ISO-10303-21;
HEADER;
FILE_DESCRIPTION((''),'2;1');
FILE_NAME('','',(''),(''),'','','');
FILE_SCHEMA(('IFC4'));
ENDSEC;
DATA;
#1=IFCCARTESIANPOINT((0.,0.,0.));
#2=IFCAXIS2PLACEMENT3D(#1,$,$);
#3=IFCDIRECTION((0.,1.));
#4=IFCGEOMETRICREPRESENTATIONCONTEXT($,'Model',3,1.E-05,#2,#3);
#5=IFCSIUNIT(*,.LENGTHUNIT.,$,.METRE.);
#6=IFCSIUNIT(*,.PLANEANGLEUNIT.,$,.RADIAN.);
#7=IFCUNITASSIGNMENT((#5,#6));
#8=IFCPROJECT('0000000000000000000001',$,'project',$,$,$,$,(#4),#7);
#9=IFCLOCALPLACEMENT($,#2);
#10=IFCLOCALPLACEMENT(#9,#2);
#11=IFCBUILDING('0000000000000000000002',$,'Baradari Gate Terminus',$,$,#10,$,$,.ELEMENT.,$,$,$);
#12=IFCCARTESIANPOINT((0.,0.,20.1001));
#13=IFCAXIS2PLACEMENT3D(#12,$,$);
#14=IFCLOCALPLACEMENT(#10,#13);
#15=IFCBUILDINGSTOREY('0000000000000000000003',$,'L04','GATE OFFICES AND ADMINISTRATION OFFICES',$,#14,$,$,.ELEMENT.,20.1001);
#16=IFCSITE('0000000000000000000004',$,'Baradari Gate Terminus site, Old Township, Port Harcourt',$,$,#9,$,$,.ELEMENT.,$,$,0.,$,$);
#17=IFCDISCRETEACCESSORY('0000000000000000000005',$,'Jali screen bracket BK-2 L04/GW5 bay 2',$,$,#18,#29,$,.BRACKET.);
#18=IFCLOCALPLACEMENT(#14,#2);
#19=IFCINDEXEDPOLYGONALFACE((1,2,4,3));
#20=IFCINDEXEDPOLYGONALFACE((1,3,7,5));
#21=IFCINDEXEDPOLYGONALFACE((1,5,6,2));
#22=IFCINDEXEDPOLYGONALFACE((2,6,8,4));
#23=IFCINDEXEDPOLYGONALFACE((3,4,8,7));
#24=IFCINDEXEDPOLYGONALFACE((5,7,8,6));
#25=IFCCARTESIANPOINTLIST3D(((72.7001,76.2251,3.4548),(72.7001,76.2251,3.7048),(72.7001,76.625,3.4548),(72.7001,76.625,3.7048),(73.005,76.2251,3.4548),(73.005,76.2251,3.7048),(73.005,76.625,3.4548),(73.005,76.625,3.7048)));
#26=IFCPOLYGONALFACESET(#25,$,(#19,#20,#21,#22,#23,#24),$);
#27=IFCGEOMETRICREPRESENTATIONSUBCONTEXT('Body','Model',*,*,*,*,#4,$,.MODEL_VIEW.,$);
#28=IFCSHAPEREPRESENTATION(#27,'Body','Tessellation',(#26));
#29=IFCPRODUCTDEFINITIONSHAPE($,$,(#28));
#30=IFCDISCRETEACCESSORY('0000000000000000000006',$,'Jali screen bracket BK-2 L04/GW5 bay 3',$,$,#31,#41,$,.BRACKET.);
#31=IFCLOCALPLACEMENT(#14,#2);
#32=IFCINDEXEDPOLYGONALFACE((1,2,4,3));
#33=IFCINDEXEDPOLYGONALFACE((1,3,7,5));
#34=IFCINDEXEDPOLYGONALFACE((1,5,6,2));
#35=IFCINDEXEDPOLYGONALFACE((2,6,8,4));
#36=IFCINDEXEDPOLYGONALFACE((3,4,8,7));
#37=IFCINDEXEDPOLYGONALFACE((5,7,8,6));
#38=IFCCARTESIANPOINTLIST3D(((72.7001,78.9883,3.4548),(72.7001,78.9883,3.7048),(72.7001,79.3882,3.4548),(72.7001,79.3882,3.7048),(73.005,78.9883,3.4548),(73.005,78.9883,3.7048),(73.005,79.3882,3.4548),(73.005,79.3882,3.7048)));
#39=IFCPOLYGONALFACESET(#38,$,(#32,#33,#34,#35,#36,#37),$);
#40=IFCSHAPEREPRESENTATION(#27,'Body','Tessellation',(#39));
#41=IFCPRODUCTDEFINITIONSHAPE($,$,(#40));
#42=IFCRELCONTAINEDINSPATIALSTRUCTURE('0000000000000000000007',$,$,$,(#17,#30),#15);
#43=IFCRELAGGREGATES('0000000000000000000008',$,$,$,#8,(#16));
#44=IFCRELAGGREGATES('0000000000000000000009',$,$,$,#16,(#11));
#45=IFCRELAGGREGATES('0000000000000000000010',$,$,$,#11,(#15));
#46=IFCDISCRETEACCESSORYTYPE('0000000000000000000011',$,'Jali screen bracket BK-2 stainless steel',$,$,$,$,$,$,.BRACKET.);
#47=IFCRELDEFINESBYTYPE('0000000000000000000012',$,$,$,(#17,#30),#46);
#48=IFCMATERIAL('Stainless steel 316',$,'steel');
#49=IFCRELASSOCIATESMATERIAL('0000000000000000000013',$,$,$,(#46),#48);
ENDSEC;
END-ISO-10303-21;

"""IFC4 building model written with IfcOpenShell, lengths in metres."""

from ifc_helpers import new_model, si_unit, direction, frame, origin, origin_2d, place, context, subcontext, project, spatial, rectangle, extrude, material, type_object, element, save


model = new_model("IFC4")

# Units and contexts
model_context = context("Model", 3, precision=1e-05, world=origin(), true_north=direction((0.0, 1.0)))
body_context = subcontext(model_context, "Body", "Model", "MODEL_VIEW")
ifc_project = project(units=[si_unit("LENGTHUNIT", "METRE"), si_unit("PLANEANGLEUNIT", "RADIAN")], contexts=[model_context])

# Site, building, storey
site_placement = place(None, origin())
site = spatial("IfcSite", under=ifc_project, at=site_placement, Name="Baradari Gate Terminus site, Old Township, Port Harcourt", CompositionType="ELEMENT", RefElevation=0.0)
building_placement = place(site_placement, origin())
building = spatial("IfcBuilding", under=site, at=building_placement, Name="Baradari Gate Terminus", CompositionType="ELEMENT")
storey_placement = place(building_placement, frame((0.0, 0.0, 20.1001)))
storey = spatial("IfcBuildingStorey", under=building, at=storey_placement, Name="L04", Description="GATE OFFICES AND ADMINISTRATION OFFICES", CompositionType="ELEMENT", Elevation=20.1001)

# Discrete accessories
ifc_material_1 = material(Name="Stainless steel 316", Category="steel")
discrete_accessory_type = type_object("IfcDiscreteAccessoryType", Name="Jali screen bracket BK-2 stainless steel", PredefinedType="BRACKET", material=ifc_material_1)
for number, where, z_axis, x_axis, name in (
    (1, (72.8525, 76.425, 3.4548), (0.0, 0.0, 1.0), (-1.0, 0.0, 0.0), "Jali screen bracket BK-2 L04/GW5 bay 2"),
    (2, (72.8525, 79.1882, 3.4548), (0.0, 0.0, 1.0), (-1.0, 0.0, 0.0), "Jali screen bracket BK-2 L04/GW5 bay 3"),
):
    element("IfcDiscreteAccessory", number, at=place(storey_placement, frame(where, z_axis=z_axis, x_axis=x_axis)), inside=storey, type_object=discrete_accessory_type, Name=name, PredefinedType="BRACKET", context=body_context, shape_type="SweptSolid", body=[
        extrude(rectangle(XDim=0.3049, YDim=0.3999, at=origin_2d()), origin(), (0.0, 0.0, 1.0), 0.25),
    ])

save(model, "model.ifc")
